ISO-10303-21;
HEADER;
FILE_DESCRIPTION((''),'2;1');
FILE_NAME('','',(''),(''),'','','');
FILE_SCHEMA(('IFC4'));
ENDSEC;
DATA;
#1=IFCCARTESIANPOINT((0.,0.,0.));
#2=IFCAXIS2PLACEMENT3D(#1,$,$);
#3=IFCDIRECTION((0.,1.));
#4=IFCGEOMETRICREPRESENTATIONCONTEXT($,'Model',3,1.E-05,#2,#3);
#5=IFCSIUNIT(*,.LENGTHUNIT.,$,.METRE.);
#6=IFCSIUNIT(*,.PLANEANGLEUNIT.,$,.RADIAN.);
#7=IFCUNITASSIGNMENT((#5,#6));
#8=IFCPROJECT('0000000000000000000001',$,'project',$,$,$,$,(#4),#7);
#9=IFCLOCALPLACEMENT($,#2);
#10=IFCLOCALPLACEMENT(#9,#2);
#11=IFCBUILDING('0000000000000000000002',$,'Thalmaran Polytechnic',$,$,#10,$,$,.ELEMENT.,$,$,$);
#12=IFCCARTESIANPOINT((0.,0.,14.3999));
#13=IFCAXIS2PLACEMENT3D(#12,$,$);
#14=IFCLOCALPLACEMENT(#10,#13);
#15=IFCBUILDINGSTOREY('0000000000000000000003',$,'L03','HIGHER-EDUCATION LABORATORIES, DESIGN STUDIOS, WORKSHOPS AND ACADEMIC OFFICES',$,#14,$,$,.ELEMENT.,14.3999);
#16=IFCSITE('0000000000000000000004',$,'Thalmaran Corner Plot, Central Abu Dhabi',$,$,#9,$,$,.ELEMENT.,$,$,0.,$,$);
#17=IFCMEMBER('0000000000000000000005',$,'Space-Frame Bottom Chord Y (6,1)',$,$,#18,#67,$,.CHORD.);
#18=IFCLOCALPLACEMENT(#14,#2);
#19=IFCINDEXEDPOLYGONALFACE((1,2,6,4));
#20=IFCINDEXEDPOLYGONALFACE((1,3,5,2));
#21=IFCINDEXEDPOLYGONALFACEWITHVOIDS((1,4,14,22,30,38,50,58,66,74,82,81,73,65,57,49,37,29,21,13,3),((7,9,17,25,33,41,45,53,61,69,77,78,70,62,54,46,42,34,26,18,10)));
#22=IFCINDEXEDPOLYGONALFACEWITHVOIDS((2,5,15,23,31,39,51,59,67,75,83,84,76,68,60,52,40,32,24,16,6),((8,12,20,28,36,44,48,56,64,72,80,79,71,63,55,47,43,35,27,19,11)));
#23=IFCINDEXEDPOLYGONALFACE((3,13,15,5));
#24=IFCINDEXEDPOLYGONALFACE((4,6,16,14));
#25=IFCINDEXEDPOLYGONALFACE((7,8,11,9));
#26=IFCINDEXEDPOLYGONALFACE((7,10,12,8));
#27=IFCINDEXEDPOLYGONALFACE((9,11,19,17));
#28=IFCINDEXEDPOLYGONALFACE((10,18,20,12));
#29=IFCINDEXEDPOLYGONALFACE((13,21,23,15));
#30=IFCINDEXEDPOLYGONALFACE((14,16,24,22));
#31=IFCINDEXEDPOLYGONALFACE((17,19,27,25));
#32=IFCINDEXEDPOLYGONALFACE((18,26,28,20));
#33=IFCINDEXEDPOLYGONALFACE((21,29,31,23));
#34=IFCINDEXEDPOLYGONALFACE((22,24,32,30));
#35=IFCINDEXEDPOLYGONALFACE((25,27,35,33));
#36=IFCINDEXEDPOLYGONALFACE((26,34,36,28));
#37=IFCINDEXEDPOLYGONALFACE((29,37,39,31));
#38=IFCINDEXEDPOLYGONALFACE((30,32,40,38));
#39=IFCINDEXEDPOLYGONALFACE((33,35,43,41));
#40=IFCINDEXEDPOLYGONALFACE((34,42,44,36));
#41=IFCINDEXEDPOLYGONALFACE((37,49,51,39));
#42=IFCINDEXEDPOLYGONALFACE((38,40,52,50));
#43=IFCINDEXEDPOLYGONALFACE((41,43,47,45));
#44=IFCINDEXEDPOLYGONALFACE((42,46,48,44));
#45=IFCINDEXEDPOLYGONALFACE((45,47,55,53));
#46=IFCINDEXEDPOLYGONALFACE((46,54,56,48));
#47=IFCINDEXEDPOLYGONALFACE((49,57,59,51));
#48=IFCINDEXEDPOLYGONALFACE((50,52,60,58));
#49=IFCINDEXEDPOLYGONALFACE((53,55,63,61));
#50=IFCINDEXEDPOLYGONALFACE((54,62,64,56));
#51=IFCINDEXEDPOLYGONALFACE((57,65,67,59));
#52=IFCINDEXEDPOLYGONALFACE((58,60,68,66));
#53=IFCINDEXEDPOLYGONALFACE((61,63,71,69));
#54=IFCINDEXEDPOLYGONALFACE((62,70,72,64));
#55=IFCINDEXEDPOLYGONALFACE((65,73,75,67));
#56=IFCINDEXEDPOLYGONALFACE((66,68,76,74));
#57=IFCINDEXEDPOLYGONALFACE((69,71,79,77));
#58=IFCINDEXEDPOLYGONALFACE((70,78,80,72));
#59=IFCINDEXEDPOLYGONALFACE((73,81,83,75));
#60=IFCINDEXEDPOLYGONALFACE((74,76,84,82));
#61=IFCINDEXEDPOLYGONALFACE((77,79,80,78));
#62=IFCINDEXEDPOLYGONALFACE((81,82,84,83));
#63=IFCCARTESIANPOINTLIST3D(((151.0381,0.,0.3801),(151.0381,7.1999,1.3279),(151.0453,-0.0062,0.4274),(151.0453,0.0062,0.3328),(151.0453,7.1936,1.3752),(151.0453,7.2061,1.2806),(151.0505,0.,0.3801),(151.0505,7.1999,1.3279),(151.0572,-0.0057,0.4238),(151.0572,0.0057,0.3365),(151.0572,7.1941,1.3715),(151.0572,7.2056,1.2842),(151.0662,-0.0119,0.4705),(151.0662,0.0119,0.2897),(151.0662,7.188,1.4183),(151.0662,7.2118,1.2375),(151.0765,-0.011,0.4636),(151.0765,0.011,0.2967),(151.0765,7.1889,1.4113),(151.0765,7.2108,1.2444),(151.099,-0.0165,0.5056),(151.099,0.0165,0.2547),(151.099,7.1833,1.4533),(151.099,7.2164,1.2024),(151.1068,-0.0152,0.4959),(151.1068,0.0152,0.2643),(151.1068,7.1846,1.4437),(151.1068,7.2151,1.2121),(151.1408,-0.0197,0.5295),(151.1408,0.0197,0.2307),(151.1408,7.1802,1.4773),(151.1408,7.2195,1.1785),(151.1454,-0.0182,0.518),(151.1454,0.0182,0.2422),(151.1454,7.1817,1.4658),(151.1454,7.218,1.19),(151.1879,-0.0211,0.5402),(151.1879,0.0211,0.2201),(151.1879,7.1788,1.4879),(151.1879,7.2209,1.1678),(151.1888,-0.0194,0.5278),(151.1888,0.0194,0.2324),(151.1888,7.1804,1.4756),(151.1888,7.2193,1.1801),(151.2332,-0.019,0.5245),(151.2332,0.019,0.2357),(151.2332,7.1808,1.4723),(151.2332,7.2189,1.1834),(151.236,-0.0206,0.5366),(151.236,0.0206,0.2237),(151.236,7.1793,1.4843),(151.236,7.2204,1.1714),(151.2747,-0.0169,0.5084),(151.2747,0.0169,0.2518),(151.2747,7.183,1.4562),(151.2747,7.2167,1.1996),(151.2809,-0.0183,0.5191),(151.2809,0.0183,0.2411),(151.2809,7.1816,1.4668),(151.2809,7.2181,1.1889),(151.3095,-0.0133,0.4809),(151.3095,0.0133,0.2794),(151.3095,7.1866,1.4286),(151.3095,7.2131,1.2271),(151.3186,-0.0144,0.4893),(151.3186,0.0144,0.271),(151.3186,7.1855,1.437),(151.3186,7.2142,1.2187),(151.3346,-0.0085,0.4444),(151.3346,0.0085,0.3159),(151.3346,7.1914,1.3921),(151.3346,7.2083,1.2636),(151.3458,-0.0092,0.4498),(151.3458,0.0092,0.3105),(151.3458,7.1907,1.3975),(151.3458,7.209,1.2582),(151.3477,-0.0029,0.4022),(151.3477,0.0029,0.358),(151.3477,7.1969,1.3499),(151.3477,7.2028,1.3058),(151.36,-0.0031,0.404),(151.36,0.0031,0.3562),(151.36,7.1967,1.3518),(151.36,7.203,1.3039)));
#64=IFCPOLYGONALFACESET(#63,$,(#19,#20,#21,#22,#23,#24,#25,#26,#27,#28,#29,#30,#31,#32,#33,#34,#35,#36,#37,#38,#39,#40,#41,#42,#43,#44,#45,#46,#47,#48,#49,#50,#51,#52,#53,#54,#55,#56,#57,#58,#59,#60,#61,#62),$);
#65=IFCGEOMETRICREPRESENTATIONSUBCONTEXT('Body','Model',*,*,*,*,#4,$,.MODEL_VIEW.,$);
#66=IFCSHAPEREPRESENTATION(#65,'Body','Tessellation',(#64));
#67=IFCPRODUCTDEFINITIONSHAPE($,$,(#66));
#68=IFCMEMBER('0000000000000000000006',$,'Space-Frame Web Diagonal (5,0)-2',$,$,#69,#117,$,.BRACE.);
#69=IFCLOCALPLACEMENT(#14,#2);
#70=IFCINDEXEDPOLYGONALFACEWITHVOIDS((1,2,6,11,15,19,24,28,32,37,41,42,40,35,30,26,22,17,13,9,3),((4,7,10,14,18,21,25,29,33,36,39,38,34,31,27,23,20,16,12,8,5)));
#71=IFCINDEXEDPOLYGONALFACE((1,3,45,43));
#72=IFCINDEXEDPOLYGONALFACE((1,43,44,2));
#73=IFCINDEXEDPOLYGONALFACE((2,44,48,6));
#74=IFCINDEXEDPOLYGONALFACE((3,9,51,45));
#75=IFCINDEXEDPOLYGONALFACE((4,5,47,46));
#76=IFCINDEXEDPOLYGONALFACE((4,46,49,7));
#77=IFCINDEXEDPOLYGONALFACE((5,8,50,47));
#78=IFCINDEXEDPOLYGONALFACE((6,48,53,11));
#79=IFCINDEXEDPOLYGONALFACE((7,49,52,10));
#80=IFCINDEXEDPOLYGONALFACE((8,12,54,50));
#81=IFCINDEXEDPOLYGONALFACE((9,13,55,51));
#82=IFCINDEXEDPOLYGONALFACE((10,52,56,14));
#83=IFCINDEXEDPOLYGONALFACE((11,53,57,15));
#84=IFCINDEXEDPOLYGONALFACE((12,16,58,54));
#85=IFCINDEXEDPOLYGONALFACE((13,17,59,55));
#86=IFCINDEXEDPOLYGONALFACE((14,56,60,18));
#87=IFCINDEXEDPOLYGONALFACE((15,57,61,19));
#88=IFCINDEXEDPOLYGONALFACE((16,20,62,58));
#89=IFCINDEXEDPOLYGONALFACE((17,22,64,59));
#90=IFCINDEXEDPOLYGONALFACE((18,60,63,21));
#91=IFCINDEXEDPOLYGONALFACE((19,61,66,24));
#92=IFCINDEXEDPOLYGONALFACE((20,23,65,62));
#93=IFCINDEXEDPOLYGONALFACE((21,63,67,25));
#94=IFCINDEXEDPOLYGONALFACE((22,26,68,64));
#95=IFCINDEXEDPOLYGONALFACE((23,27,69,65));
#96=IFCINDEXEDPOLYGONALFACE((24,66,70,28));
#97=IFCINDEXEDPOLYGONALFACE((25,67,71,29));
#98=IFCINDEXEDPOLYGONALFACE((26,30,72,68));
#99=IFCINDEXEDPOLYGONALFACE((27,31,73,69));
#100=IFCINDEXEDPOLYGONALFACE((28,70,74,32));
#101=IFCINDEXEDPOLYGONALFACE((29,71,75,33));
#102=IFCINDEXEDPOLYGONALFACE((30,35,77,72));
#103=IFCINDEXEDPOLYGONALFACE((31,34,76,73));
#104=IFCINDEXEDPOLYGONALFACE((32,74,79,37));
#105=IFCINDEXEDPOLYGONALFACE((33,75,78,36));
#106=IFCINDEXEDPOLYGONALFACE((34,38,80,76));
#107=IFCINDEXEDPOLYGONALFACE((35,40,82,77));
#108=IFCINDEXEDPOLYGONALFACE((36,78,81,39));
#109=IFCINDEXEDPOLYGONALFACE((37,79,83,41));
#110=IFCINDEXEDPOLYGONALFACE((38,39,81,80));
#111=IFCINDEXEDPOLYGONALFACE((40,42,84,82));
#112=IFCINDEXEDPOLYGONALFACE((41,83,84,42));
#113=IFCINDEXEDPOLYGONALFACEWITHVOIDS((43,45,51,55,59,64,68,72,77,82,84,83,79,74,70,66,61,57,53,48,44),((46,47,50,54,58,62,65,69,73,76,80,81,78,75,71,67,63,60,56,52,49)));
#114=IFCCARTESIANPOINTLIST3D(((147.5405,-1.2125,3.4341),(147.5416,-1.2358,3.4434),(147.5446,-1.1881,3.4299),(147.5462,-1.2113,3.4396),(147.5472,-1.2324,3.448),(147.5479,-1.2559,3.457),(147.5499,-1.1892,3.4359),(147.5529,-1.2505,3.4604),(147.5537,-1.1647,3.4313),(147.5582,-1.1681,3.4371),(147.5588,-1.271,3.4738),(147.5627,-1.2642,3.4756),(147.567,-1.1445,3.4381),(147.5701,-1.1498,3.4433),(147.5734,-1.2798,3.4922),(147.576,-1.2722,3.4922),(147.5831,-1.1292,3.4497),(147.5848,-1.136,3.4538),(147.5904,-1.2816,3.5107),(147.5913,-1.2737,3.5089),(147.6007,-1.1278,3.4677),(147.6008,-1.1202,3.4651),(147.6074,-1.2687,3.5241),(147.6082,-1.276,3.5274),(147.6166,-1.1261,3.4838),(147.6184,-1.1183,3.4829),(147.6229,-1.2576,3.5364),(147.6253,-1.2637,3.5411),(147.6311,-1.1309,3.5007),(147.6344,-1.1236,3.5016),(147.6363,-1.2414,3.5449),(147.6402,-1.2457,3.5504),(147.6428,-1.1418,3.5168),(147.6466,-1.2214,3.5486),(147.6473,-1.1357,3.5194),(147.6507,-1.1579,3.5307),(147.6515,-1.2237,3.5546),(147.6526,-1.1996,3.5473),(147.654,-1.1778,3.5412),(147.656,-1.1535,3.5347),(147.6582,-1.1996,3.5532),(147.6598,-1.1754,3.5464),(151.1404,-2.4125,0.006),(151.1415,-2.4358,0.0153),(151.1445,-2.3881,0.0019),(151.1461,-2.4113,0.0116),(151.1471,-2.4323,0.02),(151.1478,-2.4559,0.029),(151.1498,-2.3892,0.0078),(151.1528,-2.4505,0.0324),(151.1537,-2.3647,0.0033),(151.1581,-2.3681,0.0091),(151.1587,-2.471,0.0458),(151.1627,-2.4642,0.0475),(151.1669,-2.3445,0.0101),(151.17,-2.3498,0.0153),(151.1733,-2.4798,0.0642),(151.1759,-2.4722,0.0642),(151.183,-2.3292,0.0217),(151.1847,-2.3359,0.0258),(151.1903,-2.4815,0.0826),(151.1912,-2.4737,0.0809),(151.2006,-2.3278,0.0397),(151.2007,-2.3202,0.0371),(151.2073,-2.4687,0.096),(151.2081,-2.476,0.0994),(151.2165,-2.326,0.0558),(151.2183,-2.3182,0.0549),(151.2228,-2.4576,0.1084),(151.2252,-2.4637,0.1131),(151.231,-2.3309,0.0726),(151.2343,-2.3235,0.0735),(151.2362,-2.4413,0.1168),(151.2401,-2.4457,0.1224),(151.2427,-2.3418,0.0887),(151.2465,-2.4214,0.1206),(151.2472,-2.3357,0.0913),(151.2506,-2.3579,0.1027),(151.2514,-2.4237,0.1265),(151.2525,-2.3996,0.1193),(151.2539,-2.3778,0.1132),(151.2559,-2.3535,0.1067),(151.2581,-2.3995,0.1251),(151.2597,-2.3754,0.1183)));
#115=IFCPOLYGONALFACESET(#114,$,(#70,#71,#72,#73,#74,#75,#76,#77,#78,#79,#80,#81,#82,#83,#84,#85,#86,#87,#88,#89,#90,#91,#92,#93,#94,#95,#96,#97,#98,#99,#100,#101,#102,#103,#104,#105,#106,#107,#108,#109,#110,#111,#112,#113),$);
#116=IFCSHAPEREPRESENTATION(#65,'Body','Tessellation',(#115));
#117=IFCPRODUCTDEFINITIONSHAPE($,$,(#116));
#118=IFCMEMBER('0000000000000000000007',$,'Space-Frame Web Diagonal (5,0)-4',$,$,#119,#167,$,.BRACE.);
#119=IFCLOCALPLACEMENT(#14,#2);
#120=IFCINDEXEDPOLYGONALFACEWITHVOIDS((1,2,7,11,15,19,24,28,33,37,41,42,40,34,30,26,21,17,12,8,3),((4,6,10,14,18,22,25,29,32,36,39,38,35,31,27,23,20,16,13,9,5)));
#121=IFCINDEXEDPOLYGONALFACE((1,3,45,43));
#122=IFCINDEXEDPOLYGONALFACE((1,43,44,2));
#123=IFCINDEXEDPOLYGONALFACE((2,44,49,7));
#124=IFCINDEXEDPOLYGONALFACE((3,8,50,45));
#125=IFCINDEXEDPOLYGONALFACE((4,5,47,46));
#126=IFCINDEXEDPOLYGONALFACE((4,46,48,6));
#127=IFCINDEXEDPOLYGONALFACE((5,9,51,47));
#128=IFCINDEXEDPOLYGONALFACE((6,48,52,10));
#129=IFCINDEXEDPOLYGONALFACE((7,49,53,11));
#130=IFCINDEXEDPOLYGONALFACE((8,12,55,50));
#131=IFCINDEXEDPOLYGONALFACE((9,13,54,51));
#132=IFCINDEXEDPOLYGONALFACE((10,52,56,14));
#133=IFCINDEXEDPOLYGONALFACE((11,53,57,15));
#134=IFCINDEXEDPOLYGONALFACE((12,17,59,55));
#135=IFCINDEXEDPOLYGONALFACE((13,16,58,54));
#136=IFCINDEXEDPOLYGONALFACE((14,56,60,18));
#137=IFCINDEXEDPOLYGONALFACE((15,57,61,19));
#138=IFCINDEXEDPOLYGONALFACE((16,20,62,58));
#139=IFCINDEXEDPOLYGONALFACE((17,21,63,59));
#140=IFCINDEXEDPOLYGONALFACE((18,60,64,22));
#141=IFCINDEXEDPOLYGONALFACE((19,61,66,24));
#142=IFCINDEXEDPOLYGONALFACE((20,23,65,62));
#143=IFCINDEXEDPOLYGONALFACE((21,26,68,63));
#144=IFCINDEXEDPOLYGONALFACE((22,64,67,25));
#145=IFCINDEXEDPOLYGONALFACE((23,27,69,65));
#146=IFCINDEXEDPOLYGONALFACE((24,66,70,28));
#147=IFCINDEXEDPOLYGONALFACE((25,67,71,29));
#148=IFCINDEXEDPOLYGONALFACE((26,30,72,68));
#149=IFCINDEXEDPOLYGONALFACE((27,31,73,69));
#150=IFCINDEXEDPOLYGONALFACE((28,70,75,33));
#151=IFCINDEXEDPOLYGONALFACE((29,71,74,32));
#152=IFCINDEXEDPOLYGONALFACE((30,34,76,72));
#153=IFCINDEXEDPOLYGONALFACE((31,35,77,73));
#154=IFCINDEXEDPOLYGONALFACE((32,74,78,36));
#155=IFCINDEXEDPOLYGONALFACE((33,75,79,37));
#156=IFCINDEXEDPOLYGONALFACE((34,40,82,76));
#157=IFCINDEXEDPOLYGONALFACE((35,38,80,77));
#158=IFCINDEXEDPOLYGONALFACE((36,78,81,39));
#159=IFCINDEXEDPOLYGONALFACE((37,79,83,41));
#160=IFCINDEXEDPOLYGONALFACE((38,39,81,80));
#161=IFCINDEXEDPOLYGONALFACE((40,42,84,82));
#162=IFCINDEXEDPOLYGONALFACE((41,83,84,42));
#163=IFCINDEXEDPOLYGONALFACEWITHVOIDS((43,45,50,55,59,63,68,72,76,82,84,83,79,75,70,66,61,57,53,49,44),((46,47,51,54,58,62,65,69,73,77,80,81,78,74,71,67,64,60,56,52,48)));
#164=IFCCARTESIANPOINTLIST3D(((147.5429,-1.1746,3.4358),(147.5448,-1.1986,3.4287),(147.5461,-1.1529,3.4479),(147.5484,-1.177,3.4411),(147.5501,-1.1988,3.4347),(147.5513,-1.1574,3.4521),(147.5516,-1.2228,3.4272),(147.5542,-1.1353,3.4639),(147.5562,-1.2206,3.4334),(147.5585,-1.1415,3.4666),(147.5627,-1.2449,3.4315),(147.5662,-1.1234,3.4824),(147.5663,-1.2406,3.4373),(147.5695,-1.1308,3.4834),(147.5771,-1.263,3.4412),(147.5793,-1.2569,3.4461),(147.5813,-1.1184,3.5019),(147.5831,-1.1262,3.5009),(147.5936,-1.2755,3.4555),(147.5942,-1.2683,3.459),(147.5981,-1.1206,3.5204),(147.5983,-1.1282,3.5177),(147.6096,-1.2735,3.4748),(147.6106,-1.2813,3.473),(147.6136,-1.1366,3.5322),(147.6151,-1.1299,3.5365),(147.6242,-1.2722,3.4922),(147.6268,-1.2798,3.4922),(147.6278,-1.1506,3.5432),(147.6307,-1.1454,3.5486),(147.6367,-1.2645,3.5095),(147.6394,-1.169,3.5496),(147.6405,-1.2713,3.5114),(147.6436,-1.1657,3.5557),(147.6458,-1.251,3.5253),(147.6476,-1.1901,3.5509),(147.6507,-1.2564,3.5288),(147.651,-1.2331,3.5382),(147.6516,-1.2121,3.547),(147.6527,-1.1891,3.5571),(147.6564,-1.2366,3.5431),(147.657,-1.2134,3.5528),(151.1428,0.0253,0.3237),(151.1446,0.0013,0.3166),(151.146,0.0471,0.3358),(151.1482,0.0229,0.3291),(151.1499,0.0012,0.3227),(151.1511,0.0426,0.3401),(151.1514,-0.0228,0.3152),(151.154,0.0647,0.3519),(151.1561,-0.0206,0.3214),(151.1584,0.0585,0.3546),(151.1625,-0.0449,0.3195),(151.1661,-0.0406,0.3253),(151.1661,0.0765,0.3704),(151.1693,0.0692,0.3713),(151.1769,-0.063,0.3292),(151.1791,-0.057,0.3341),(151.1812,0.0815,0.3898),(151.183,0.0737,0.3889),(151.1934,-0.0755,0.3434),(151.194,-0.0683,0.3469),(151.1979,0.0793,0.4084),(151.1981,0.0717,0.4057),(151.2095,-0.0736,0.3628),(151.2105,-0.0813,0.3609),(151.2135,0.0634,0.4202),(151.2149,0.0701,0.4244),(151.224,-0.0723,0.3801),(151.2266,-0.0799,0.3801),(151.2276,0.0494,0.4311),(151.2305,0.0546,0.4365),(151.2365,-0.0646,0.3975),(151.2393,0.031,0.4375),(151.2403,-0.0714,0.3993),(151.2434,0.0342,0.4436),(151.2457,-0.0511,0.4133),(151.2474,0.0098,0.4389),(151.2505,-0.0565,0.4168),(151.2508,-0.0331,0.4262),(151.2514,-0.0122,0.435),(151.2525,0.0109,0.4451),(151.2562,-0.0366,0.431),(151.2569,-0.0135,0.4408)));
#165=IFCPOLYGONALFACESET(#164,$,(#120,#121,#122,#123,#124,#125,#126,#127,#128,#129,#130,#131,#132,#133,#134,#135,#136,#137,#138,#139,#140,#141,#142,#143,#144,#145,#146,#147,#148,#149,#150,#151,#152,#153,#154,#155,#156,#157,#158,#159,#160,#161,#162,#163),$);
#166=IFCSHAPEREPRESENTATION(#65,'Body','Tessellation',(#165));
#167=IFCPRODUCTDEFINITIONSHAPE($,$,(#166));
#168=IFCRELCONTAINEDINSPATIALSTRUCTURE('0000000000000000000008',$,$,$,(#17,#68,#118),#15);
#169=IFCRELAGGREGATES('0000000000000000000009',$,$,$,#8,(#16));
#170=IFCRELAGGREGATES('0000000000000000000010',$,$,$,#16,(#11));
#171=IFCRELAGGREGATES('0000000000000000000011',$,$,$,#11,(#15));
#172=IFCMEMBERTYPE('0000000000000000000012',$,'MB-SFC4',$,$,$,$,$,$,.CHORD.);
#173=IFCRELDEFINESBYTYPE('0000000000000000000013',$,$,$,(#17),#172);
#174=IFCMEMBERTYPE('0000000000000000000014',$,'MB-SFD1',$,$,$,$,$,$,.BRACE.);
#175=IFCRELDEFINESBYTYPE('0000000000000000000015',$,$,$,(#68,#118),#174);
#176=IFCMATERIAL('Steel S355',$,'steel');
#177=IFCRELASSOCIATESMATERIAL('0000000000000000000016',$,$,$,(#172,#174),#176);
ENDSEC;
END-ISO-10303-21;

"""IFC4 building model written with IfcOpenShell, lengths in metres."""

from ifc_helpers import new_model, si_unit, direction, frame, origin, origin_2d, place, context, subcontext, project, spatial, hollow_circle, extrude, material, material_profile, profile_set, type_object, element, save


model = new_model("IFC4")

# Units and contexts
model_context = context("Model", 3, precision=1e-05, world=origin(), true_north=direction((0.0, 1.0)))
body_context = subcontext(model_context, "Body", "Model", "MODEL_VIEW")
ifc_project = project(units=[si_unit("LENGTHUNIT", "METRE"), si_unit("PLANEANGLEUNIT", "RADIAN")], contexts=[model_context])

# Site, building, storey
site_placement = place(None, origin())
site = spatial("IfcSite", under=ifc_project, at=site_placement, Name="Thalmaran Corner Plot, Central Abu Dhabi", CompositionType="ELEMENT", RefElevation=0.0)
building_placement = place(site_placement, origin())
building = spatial("IfcBuilding", under=site, at=building_placement, Name="Thalmaran Polytechnic", CompositionType="ELEMENT")
storey_placement = place(building_placement, frame((0.0, 0.0, 14.3999)))
storey = spatial("IfcBuildingStorey", under=building, at=storey_placement, Name="L03", Description="HIGHER-EDUCATION LABORATORIES, DESIGN STUDIOS, WORKSHOPS AND ACADEMIC OFFICES", CompositionType="ELEMENT", Elevation=14.3999)

# Shared definitions
ifc_material_1 = material(Name="Steel S355", Category="steel")

# Members
ifc_material_profile_1 = material_profile(ifc_material_1, hollow_circle(Radius=0.1619, WallThickness=0.0125, at=origin_2d()), Name="CHS 323.9x12.5")
ifc_profile_set_1 = profile_set([ifc_material_profile_1], Name="Steel S355")
member_type_1 = type_object("IfcMemberType", Name="MB-SFC4", PredefinedType="CHORD", material=ifc_profile_set_1)
member_1_placement = place(storey_placement, frame((151.2, 0.0, 0.3801), z_axis=(0.0, 0.991447, 0.130508), x_axis=(-1.0, 0.0, 0.0)))
element("IfcMember", 1, at=member_1_placement, inside=storey, type_object=member_type_1, Name="Space-Frame Bottom Chord Y (6,1)", PredefinedType="CHORD", context=body_context, shape_type="SweptSolid", body=[
    extrude(hollow_circle(Radius=0.1619, WallThickness=0.0125, at=origin_2d()), origin(), (0.0, 0.0, 1.0), 7.262),
])
ifc_material_profile_2 = material_profile(ifc_material_1, hollow_circle(Radius=0.0842, WallThickness=0.0081, at=origin_2d()), Name="CHS 168.3x8.0")
ifc_profile_set_2 = profile_set([ifc_material_profile_2], Name="Steel S355")
member_type_2 = type_object("IfcMemberType", Name="MB-SFD1", PredefinedType="BRACE", material=ifc_profile_set_2)
member_2_placement = place(storey_placement, frame((151.2, -2.3999, 0.0642), z_axis=(-0.703963, 0.234654, 0.670353), x_axis=(-0.316228, -0.948683, 0.0)))
element("IfcMember", 2, at=member_2_placement, inside=storey, type_object=member_type_2, Name="Space-Frame Web Diagonal (5,0)-2", PredefinedType="BRACE", context=body_context, shape_type="SweptSolid", body=[
    extrude(hollow_circle(Radius=0.0842, WallThickness=0.0081, at=origin_2d()), origin(), (0.0, 0.0, 1.0), 5.1138),
])
member_3_placement = place(storey_placement, frame((151.2, 0.0, 0.3801), z_axis=(-0.733538, -0.244513, 0.634141), x_axis=(0.316228, -0.948683, 0.0)))
element("IfcMember", 3, at=member_3_placement, inside=storey, type_object=member_type_2, Name="Space-Frame Web Diagonal (5,0)-4", PredefinedType="BRACE", context=body_context, shape_type="SweptSolid", body=[
    extrude(hollow_circle(Radius=0.0842, WallThickness=0.0081, at=origin_2d()), origin(), (0.0, 0.0, 1.0), 4.9075),
])

save(model, "model.ifc")
